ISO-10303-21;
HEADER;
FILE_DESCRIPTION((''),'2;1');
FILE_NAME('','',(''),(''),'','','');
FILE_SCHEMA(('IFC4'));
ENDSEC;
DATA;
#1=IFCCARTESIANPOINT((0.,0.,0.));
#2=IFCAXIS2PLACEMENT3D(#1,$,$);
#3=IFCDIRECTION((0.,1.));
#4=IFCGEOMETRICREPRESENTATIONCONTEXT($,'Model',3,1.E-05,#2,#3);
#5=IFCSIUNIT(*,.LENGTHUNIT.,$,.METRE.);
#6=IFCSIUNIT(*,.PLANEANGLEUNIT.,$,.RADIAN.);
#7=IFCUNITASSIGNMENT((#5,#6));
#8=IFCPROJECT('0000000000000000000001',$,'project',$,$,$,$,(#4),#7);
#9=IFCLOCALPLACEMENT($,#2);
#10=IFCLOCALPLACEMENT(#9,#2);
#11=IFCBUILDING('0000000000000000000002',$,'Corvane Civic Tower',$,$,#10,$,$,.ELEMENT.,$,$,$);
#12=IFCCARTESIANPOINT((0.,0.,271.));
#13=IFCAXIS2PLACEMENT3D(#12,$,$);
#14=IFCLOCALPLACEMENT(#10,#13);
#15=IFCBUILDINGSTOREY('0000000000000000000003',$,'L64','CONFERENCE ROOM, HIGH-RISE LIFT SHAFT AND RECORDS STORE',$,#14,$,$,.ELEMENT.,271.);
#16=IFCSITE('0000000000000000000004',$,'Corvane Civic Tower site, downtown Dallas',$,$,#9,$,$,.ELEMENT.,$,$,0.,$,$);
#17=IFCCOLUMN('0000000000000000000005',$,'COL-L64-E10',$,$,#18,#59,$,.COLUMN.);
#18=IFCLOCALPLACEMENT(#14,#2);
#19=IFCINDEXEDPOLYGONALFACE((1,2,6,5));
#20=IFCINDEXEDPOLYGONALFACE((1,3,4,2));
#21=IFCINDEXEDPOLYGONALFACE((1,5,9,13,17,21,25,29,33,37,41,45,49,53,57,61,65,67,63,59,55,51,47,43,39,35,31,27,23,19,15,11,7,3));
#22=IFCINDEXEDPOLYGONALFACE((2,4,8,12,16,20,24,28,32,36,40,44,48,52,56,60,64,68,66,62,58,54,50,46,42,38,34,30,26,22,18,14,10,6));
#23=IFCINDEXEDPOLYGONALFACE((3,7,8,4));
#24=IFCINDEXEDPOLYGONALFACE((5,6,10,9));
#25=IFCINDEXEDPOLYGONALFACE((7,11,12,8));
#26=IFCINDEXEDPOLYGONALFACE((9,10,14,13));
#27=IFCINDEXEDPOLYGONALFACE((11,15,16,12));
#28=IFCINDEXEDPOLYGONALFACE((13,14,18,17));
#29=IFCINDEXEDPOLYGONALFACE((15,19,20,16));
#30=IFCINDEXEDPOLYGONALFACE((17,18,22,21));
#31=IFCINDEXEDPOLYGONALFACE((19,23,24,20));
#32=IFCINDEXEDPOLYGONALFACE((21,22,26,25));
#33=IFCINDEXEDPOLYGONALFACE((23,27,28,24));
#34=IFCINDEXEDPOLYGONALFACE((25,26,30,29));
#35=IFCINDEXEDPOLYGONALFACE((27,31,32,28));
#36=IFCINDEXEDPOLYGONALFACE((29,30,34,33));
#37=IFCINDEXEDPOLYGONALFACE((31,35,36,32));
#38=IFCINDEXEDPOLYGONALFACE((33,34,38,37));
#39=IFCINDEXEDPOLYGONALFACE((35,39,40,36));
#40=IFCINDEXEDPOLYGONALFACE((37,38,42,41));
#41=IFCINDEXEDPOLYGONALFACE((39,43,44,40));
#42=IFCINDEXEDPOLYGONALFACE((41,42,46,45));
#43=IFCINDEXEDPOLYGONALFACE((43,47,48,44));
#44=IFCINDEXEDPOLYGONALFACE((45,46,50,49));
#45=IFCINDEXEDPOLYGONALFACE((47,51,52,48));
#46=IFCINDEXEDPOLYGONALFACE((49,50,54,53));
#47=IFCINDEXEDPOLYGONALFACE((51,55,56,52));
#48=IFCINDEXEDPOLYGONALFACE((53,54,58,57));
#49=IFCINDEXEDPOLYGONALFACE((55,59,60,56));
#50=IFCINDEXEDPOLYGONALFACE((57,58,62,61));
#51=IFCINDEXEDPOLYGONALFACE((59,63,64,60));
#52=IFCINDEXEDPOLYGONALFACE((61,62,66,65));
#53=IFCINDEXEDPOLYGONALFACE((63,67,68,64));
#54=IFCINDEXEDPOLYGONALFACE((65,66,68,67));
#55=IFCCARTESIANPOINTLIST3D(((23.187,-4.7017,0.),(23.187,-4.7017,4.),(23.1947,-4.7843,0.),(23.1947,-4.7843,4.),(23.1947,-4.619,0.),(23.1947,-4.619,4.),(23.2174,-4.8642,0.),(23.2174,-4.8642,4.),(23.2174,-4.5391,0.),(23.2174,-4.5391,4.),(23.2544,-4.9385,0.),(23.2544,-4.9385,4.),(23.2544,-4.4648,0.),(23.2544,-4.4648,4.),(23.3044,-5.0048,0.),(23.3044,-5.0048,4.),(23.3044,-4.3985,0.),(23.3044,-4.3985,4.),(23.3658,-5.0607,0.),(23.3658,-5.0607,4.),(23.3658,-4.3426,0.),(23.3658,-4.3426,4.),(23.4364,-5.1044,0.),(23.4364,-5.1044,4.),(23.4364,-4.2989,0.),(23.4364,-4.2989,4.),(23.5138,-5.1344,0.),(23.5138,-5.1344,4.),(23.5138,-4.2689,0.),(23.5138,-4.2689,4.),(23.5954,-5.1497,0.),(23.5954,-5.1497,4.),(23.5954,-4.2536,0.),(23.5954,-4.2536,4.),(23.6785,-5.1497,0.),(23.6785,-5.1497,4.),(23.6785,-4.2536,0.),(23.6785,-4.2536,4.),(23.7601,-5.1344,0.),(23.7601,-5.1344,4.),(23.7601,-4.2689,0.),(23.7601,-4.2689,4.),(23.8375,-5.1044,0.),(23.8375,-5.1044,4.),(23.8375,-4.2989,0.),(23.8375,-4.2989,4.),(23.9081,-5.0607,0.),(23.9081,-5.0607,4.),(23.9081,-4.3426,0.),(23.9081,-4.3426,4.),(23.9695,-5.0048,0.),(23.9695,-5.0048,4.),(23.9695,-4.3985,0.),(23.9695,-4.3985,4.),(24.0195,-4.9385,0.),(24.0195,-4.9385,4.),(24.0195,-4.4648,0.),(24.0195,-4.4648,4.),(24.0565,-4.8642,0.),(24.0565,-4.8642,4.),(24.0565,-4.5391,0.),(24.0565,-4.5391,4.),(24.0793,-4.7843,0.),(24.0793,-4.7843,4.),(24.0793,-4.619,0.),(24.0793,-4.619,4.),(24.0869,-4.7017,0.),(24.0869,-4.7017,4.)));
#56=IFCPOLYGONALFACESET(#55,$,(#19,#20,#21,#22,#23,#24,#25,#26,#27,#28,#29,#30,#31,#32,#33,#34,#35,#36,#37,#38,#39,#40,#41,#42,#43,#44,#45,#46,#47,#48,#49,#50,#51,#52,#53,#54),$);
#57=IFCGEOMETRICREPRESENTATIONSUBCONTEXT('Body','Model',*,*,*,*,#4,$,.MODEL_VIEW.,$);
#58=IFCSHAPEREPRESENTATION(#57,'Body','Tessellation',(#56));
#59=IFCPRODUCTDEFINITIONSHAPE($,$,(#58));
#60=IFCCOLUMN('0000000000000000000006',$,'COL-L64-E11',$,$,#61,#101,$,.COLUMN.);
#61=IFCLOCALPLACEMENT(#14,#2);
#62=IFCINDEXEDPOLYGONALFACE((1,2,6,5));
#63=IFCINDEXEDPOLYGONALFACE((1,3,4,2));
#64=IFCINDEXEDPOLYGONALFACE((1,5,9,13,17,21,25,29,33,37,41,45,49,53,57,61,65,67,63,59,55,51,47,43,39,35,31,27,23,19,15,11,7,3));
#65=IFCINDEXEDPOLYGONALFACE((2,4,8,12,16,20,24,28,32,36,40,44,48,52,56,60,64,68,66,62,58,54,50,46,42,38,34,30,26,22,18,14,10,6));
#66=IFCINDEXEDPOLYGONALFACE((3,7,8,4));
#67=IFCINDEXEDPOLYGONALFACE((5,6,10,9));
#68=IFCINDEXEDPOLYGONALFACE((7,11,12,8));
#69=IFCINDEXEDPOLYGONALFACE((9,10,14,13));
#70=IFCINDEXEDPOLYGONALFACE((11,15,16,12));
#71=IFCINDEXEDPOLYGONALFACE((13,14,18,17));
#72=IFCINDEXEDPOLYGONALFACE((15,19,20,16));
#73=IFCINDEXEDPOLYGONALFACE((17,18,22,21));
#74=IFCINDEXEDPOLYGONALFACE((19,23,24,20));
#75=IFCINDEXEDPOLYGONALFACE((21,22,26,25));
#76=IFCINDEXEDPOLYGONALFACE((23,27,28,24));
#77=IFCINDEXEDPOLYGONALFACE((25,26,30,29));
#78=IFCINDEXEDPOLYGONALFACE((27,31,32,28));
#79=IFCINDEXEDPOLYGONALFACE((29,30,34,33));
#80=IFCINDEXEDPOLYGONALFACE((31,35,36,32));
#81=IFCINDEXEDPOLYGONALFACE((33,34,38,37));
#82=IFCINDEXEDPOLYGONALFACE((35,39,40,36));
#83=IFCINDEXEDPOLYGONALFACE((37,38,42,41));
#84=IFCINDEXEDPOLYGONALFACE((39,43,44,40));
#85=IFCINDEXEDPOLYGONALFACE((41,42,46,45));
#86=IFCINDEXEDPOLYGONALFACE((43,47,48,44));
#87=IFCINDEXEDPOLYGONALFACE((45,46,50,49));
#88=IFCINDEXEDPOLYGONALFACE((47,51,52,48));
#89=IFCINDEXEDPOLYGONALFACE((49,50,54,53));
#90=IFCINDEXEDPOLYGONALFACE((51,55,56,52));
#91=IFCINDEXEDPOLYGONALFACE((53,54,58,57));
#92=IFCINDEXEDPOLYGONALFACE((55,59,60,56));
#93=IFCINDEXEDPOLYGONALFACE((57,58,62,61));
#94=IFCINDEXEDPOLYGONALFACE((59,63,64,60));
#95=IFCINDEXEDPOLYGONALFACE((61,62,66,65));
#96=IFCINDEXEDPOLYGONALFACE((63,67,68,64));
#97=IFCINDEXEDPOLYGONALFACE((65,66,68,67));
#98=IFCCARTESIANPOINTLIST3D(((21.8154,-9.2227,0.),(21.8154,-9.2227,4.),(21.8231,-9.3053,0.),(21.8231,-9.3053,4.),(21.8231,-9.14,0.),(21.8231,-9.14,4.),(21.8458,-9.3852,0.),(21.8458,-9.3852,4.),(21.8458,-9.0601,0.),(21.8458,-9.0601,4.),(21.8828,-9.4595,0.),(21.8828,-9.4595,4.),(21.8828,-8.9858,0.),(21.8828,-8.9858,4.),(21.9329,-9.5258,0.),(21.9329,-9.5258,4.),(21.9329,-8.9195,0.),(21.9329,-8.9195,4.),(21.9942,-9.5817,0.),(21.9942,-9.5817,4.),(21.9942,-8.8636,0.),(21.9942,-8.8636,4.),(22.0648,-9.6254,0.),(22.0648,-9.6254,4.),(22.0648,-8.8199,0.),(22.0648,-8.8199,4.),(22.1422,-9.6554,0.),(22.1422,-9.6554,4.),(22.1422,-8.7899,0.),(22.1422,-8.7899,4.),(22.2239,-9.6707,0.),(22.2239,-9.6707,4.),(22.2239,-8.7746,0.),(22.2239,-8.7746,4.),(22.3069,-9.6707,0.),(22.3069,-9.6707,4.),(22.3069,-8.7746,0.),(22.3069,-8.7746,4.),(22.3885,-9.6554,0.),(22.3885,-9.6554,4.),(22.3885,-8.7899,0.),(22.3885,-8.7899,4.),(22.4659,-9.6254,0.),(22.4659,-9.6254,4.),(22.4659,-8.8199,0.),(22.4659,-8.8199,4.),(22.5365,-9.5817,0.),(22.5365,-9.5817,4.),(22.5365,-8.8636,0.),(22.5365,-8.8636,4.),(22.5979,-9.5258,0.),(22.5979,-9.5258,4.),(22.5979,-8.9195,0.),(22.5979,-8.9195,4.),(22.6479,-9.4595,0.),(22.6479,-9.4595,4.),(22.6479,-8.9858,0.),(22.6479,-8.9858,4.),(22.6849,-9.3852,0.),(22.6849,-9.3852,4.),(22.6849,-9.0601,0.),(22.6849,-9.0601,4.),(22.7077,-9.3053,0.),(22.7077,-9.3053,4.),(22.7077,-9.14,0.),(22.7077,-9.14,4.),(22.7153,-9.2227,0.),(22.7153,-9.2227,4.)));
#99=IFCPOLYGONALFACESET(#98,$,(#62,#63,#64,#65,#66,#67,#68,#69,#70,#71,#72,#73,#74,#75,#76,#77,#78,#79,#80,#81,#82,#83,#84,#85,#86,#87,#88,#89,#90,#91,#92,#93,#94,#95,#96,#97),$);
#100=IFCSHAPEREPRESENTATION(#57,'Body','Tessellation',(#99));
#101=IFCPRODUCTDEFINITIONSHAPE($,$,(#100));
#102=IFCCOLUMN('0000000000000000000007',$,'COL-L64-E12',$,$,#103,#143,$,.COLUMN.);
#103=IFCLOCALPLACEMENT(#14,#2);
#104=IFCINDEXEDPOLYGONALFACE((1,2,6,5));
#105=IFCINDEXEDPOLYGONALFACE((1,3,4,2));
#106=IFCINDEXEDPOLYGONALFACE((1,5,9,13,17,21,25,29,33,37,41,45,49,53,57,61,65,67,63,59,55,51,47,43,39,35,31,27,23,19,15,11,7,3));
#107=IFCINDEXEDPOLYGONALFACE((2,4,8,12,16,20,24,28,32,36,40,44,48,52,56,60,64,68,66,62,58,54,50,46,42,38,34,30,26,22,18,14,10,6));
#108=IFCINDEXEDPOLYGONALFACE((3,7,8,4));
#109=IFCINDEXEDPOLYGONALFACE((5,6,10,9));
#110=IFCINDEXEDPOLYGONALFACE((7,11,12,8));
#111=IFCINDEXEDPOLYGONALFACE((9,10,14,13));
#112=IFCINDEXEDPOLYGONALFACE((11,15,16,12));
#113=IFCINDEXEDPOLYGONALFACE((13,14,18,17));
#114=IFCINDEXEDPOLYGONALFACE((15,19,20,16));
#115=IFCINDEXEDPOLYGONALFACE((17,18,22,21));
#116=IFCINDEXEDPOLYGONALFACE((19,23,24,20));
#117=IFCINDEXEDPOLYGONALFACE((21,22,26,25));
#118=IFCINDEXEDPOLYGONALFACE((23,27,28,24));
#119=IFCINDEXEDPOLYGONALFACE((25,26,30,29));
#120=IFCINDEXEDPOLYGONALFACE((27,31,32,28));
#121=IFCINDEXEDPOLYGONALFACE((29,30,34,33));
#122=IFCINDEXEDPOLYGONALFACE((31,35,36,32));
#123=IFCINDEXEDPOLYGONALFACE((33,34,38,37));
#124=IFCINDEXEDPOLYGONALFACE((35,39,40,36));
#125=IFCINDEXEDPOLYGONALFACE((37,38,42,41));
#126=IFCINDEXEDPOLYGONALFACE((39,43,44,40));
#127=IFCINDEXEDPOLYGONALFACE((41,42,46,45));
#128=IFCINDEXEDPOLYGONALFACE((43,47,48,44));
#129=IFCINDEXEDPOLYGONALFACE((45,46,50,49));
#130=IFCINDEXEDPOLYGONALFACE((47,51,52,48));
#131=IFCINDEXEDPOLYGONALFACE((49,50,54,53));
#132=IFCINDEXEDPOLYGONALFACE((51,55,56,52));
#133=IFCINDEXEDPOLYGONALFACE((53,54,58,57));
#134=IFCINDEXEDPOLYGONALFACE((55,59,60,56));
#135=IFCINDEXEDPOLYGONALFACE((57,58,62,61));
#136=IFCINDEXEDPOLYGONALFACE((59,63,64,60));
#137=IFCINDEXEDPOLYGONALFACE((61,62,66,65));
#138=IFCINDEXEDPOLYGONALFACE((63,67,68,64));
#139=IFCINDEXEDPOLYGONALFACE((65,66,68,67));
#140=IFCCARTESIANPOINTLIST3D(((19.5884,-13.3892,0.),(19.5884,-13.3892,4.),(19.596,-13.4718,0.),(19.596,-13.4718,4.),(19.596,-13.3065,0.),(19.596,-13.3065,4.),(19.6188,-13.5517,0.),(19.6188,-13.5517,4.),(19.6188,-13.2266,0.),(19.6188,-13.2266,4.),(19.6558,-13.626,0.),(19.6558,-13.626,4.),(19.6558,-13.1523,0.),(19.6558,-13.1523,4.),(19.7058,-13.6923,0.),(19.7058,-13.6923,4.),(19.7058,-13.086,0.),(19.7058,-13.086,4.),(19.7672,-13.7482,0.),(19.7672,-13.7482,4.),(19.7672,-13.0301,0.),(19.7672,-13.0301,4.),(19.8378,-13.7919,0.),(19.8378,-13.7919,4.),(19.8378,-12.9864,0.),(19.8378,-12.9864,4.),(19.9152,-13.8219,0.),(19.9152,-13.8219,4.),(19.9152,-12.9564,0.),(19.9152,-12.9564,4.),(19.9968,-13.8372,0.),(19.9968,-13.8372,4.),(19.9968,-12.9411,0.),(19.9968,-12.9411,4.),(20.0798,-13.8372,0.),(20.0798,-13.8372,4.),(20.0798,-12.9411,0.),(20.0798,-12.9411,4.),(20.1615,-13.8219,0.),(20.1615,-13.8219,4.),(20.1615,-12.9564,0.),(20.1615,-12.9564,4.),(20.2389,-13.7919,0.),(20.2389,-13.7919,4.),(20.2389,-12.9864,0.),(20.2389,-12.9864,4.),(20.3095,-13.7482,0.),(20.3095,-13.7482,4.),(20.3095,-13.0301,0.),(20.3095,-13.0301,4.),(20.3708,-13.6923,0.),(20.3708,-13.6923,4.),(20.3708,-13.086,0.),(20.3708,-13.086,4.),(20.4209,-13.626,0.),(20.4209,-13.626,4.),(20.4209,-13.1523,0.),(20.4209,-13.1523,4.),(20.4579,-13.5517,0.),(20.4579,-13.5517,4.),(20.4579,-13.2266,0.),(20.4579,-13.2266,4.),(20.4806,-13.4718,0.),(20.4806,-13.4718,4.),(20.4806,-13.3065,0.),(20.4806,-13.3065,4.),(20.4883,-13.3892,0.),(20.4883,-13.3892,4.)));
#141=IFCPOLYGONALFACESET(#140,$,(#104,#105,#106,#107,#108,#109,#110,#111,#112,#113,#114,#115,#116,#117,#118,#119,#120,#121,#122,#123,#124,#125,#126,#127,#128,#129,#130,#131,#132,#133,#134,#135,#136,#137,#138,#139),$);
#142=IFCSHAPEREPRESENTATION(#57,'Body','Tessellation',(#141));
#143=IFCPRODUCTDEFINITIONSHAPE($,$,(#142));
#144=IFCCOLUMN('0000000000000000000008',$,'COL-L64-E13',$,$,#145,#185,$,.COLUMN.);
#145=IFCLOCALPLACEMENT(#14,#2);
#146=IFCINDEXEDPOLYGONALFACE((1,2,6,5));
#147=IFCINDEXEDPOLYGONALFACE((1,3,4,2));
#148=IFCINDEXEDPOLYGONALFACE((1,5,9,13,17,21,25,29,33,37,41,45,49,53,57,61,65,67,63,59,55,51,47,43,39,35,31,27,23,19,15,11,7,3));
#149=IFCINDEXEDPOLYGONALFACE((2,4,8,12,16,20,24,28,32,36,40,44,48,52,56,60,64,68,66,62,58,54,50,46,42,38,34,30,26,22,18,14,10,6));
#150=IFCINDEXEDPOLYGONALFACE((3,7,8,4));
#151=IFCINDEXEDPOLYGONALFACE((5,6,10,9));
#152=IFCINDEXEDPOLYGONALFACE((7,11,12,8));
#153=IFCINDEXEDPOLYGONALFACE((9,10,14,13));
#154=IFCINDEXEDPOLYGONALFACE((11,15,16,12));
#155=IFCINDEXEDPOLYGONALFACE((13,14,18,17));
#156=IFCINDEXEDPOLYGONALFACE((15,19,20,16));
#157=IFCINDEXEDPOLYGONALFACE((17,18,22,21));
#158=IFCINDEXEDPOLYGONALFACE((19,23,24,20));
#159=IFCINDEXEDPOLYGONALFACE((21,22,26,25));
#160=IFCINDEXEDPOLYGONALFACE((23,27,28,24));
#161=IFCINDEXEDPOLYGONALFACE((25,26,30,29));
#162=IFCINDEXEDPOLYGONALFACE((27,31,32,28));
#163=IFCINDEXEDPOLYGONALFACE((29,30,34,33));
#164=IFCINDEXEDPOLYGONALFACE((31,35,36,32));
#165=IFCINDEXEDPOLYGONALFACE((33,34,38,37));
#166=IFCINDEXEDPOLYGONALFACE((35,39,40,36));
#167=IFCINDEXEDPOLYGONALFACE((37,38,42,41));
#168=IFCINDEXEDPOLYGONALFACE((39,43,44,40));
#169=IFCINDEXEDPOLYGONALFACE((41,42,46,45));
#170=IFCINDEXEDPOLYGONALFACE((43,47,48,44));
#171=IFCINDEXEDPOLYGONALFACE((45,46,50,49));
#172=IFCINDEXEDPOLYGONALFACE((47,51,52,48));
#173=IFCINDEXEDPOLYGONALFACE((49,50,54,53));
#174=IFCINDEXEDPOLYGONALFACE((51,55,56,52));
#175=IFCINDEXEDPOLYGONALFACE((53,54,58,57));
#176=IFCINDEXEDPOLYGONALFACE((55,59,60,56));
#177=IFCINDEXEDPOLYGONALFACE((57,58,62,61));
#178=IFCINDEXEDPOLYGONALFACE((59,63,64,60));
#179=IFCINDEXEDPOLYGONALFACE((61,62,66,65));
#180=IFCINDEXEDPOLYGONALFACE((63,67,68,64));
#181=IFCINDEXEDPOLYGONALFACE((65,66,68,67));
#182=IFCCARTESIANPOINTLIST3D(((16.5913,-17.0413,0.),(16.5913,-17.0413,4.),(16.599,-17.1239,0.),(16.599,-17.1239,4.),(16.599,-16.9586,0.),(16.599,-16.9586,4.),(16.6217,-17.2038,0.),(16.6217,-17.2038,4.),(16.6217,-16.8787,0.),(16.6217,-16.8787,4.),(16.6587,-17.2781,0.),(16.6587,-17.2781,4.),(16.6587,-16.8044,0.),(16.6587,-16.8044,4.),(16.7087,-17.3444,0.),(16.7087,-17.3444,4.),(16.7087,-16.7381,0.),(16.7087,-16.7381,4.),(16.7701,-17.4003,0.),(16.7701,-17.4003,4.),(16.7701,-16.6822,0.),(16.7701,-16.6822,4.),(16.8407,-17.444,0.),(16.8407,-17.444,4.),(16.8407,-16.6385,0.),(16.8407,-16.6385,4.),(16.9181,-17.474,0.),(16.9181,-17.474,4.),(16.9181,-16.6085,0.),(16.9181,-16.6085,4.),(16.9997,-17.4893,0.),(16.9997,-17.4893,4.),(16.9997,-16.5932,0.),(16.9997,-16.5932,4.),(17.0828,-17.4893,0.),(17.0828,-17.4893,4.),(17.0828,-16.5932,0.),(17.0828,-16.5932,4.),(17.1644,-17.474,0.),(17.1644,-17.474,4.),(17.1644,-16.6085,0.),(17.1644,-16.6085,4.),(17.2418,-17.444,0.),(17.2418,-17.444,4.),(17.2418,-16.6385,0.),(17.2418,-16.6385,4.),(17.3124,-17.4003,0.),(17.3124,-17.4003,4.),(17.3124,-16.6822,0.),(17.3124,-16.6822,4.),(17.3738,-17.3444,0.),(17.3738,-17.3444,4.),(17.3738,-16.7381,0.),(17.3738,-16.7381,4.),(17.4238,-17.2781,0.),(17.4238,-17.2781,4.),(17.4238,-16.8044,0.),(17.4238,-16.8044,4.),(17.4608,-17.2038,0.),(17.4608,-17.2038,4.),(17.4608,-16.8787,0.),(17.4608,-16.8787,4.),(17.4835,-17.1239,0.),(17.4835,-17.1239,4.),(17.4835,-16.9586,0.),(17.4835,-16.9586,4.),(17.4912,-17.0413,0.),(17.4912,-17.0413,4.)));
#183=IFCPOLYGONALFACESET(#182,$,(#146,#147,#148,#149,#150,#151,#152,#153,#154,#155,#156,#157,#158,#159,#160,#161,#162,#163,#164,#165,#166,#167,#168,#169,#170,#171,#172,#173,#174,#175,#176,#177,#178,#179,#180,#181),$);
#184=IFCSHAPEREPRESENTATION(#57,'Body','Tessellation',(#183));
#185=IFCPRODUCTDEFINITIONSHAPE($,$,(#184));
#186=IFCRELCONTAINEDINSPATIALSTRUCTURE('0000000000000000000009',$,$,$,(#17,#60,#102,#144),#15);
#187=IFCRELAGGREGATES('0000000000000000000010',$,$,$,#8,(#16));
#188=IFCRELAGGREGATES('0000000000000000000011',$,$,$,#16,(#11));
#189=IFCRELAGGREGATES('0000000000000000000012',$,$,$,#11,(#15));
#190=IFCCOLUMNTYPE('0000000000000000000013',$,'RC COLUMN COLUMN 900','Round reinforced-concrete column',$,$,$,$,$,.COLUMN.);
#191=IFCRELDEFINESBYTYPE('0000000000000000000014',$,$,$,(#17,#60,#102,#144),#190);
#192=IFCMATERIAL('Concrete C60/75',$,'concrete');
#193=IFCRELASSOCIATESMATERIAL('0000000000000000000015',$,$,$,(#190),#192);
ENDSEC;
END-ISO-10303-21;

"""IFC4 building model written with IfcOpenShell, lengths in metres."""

from ifc_helpers import new_model, si_unit, direction, frame, origin, origin_2d, place, context, subcontext, project, spatial, circle, extrude, material, material_profile, profile_set, type_object, element, save


model = new_model("IFC4")

# Units and contexts
model_context = context("Model", 3, precision=1e-05, world=origin(), true_north=direction((0.0, 1.0)))
body_context = subcontext(model_context, "Body", "Model", "MODEL_VIEW")
ifc_project = project(units=[si_unit("LENGTHUNIT", "METRE"), si_unit("PLANEANGLEUNIT", "RADIAN")], contexts=[model_context])

# Site, building, storey
site_placement = place(None, origin())
site = spatial("IfcSite", under=ifc_project, at=site_placement, Name="Corvane Civic Tower site, downtown Dallas", CompositionType="ELEMENT", RefElevation=0.0)
building_placement = place(site_placement, origin())
building = spatial("IfcBuilding", under=site, at=building_placement, Name="Corvane Civic Tower", CompositionType="ELEMENT")
storey_placement = place(building_placement, frame((0.0, 0.0, 271.0)))
storey = spatial("IfcBuildingStorey", under=building, at=storey_placement, Name="L64", Description="CONFERENCE ROOM, HIGH-RISE LIFT SHAFT AND RECORDS STORE", CompositionType="ELEMENT", Elevation=271.0)

# Columns
ifc_material_1 = material(Name="Concrete C60/75", Category="concrete")
ifc_material_profile_1 = material_profile(ifc_material_1, circle(Radius=0.45, at=origin_2d()), Name="COLUMN 900")
ifc_profile_set_1 = profile_set([ifc_material_profile_1], Name="Concrete C60/75")
column_type = type_object("IfcColumnType", Name="RC COLUMN COLUMN 900", Description="Round reinforced-concrete column", PredefinedType="COLUMN", material=ifc_profile_set_1)
for number, where, z_axis, x_axis, name in (
    (1, (23.637, -4.7017, 0.0), (0.0, 0.0, 1.0), (1.0, 0.0, 0.0), "COL-L64-E10"),
    (2, (22.2654, -9.2227, 0.0), (0.0, 0.0, 1.0), (1.0, 0.0, 0.0), "COL-L64-E11"),
    (3, (20.0383, -13.3892, 0.0), (0.0, 0.0, 1.0), (1.0, 0.0, 0.0), "COL-L64-E12"),
    (4, (17.0413, -17.0413, 0.0), (0.0, 0.0, 1.0), (1.0, 0.0, 0.0), "COL-L64-E13"),
):
    element("IfcColumn", number, at=place(storey_placement, frame(where, z_axis=z_axis, x_axis=x_axis)), inside=storey, type_object=column_type, Name=name, PredefinedType="COLUMN", context=body_context, shape_type="SweptSolid", body=[
        extrude(circle(Radius=0.45, at=origin_2d()), origin(), (0.0, 0.0, 1.0), 4.0),
    ])

save(model, "model.ifc")
